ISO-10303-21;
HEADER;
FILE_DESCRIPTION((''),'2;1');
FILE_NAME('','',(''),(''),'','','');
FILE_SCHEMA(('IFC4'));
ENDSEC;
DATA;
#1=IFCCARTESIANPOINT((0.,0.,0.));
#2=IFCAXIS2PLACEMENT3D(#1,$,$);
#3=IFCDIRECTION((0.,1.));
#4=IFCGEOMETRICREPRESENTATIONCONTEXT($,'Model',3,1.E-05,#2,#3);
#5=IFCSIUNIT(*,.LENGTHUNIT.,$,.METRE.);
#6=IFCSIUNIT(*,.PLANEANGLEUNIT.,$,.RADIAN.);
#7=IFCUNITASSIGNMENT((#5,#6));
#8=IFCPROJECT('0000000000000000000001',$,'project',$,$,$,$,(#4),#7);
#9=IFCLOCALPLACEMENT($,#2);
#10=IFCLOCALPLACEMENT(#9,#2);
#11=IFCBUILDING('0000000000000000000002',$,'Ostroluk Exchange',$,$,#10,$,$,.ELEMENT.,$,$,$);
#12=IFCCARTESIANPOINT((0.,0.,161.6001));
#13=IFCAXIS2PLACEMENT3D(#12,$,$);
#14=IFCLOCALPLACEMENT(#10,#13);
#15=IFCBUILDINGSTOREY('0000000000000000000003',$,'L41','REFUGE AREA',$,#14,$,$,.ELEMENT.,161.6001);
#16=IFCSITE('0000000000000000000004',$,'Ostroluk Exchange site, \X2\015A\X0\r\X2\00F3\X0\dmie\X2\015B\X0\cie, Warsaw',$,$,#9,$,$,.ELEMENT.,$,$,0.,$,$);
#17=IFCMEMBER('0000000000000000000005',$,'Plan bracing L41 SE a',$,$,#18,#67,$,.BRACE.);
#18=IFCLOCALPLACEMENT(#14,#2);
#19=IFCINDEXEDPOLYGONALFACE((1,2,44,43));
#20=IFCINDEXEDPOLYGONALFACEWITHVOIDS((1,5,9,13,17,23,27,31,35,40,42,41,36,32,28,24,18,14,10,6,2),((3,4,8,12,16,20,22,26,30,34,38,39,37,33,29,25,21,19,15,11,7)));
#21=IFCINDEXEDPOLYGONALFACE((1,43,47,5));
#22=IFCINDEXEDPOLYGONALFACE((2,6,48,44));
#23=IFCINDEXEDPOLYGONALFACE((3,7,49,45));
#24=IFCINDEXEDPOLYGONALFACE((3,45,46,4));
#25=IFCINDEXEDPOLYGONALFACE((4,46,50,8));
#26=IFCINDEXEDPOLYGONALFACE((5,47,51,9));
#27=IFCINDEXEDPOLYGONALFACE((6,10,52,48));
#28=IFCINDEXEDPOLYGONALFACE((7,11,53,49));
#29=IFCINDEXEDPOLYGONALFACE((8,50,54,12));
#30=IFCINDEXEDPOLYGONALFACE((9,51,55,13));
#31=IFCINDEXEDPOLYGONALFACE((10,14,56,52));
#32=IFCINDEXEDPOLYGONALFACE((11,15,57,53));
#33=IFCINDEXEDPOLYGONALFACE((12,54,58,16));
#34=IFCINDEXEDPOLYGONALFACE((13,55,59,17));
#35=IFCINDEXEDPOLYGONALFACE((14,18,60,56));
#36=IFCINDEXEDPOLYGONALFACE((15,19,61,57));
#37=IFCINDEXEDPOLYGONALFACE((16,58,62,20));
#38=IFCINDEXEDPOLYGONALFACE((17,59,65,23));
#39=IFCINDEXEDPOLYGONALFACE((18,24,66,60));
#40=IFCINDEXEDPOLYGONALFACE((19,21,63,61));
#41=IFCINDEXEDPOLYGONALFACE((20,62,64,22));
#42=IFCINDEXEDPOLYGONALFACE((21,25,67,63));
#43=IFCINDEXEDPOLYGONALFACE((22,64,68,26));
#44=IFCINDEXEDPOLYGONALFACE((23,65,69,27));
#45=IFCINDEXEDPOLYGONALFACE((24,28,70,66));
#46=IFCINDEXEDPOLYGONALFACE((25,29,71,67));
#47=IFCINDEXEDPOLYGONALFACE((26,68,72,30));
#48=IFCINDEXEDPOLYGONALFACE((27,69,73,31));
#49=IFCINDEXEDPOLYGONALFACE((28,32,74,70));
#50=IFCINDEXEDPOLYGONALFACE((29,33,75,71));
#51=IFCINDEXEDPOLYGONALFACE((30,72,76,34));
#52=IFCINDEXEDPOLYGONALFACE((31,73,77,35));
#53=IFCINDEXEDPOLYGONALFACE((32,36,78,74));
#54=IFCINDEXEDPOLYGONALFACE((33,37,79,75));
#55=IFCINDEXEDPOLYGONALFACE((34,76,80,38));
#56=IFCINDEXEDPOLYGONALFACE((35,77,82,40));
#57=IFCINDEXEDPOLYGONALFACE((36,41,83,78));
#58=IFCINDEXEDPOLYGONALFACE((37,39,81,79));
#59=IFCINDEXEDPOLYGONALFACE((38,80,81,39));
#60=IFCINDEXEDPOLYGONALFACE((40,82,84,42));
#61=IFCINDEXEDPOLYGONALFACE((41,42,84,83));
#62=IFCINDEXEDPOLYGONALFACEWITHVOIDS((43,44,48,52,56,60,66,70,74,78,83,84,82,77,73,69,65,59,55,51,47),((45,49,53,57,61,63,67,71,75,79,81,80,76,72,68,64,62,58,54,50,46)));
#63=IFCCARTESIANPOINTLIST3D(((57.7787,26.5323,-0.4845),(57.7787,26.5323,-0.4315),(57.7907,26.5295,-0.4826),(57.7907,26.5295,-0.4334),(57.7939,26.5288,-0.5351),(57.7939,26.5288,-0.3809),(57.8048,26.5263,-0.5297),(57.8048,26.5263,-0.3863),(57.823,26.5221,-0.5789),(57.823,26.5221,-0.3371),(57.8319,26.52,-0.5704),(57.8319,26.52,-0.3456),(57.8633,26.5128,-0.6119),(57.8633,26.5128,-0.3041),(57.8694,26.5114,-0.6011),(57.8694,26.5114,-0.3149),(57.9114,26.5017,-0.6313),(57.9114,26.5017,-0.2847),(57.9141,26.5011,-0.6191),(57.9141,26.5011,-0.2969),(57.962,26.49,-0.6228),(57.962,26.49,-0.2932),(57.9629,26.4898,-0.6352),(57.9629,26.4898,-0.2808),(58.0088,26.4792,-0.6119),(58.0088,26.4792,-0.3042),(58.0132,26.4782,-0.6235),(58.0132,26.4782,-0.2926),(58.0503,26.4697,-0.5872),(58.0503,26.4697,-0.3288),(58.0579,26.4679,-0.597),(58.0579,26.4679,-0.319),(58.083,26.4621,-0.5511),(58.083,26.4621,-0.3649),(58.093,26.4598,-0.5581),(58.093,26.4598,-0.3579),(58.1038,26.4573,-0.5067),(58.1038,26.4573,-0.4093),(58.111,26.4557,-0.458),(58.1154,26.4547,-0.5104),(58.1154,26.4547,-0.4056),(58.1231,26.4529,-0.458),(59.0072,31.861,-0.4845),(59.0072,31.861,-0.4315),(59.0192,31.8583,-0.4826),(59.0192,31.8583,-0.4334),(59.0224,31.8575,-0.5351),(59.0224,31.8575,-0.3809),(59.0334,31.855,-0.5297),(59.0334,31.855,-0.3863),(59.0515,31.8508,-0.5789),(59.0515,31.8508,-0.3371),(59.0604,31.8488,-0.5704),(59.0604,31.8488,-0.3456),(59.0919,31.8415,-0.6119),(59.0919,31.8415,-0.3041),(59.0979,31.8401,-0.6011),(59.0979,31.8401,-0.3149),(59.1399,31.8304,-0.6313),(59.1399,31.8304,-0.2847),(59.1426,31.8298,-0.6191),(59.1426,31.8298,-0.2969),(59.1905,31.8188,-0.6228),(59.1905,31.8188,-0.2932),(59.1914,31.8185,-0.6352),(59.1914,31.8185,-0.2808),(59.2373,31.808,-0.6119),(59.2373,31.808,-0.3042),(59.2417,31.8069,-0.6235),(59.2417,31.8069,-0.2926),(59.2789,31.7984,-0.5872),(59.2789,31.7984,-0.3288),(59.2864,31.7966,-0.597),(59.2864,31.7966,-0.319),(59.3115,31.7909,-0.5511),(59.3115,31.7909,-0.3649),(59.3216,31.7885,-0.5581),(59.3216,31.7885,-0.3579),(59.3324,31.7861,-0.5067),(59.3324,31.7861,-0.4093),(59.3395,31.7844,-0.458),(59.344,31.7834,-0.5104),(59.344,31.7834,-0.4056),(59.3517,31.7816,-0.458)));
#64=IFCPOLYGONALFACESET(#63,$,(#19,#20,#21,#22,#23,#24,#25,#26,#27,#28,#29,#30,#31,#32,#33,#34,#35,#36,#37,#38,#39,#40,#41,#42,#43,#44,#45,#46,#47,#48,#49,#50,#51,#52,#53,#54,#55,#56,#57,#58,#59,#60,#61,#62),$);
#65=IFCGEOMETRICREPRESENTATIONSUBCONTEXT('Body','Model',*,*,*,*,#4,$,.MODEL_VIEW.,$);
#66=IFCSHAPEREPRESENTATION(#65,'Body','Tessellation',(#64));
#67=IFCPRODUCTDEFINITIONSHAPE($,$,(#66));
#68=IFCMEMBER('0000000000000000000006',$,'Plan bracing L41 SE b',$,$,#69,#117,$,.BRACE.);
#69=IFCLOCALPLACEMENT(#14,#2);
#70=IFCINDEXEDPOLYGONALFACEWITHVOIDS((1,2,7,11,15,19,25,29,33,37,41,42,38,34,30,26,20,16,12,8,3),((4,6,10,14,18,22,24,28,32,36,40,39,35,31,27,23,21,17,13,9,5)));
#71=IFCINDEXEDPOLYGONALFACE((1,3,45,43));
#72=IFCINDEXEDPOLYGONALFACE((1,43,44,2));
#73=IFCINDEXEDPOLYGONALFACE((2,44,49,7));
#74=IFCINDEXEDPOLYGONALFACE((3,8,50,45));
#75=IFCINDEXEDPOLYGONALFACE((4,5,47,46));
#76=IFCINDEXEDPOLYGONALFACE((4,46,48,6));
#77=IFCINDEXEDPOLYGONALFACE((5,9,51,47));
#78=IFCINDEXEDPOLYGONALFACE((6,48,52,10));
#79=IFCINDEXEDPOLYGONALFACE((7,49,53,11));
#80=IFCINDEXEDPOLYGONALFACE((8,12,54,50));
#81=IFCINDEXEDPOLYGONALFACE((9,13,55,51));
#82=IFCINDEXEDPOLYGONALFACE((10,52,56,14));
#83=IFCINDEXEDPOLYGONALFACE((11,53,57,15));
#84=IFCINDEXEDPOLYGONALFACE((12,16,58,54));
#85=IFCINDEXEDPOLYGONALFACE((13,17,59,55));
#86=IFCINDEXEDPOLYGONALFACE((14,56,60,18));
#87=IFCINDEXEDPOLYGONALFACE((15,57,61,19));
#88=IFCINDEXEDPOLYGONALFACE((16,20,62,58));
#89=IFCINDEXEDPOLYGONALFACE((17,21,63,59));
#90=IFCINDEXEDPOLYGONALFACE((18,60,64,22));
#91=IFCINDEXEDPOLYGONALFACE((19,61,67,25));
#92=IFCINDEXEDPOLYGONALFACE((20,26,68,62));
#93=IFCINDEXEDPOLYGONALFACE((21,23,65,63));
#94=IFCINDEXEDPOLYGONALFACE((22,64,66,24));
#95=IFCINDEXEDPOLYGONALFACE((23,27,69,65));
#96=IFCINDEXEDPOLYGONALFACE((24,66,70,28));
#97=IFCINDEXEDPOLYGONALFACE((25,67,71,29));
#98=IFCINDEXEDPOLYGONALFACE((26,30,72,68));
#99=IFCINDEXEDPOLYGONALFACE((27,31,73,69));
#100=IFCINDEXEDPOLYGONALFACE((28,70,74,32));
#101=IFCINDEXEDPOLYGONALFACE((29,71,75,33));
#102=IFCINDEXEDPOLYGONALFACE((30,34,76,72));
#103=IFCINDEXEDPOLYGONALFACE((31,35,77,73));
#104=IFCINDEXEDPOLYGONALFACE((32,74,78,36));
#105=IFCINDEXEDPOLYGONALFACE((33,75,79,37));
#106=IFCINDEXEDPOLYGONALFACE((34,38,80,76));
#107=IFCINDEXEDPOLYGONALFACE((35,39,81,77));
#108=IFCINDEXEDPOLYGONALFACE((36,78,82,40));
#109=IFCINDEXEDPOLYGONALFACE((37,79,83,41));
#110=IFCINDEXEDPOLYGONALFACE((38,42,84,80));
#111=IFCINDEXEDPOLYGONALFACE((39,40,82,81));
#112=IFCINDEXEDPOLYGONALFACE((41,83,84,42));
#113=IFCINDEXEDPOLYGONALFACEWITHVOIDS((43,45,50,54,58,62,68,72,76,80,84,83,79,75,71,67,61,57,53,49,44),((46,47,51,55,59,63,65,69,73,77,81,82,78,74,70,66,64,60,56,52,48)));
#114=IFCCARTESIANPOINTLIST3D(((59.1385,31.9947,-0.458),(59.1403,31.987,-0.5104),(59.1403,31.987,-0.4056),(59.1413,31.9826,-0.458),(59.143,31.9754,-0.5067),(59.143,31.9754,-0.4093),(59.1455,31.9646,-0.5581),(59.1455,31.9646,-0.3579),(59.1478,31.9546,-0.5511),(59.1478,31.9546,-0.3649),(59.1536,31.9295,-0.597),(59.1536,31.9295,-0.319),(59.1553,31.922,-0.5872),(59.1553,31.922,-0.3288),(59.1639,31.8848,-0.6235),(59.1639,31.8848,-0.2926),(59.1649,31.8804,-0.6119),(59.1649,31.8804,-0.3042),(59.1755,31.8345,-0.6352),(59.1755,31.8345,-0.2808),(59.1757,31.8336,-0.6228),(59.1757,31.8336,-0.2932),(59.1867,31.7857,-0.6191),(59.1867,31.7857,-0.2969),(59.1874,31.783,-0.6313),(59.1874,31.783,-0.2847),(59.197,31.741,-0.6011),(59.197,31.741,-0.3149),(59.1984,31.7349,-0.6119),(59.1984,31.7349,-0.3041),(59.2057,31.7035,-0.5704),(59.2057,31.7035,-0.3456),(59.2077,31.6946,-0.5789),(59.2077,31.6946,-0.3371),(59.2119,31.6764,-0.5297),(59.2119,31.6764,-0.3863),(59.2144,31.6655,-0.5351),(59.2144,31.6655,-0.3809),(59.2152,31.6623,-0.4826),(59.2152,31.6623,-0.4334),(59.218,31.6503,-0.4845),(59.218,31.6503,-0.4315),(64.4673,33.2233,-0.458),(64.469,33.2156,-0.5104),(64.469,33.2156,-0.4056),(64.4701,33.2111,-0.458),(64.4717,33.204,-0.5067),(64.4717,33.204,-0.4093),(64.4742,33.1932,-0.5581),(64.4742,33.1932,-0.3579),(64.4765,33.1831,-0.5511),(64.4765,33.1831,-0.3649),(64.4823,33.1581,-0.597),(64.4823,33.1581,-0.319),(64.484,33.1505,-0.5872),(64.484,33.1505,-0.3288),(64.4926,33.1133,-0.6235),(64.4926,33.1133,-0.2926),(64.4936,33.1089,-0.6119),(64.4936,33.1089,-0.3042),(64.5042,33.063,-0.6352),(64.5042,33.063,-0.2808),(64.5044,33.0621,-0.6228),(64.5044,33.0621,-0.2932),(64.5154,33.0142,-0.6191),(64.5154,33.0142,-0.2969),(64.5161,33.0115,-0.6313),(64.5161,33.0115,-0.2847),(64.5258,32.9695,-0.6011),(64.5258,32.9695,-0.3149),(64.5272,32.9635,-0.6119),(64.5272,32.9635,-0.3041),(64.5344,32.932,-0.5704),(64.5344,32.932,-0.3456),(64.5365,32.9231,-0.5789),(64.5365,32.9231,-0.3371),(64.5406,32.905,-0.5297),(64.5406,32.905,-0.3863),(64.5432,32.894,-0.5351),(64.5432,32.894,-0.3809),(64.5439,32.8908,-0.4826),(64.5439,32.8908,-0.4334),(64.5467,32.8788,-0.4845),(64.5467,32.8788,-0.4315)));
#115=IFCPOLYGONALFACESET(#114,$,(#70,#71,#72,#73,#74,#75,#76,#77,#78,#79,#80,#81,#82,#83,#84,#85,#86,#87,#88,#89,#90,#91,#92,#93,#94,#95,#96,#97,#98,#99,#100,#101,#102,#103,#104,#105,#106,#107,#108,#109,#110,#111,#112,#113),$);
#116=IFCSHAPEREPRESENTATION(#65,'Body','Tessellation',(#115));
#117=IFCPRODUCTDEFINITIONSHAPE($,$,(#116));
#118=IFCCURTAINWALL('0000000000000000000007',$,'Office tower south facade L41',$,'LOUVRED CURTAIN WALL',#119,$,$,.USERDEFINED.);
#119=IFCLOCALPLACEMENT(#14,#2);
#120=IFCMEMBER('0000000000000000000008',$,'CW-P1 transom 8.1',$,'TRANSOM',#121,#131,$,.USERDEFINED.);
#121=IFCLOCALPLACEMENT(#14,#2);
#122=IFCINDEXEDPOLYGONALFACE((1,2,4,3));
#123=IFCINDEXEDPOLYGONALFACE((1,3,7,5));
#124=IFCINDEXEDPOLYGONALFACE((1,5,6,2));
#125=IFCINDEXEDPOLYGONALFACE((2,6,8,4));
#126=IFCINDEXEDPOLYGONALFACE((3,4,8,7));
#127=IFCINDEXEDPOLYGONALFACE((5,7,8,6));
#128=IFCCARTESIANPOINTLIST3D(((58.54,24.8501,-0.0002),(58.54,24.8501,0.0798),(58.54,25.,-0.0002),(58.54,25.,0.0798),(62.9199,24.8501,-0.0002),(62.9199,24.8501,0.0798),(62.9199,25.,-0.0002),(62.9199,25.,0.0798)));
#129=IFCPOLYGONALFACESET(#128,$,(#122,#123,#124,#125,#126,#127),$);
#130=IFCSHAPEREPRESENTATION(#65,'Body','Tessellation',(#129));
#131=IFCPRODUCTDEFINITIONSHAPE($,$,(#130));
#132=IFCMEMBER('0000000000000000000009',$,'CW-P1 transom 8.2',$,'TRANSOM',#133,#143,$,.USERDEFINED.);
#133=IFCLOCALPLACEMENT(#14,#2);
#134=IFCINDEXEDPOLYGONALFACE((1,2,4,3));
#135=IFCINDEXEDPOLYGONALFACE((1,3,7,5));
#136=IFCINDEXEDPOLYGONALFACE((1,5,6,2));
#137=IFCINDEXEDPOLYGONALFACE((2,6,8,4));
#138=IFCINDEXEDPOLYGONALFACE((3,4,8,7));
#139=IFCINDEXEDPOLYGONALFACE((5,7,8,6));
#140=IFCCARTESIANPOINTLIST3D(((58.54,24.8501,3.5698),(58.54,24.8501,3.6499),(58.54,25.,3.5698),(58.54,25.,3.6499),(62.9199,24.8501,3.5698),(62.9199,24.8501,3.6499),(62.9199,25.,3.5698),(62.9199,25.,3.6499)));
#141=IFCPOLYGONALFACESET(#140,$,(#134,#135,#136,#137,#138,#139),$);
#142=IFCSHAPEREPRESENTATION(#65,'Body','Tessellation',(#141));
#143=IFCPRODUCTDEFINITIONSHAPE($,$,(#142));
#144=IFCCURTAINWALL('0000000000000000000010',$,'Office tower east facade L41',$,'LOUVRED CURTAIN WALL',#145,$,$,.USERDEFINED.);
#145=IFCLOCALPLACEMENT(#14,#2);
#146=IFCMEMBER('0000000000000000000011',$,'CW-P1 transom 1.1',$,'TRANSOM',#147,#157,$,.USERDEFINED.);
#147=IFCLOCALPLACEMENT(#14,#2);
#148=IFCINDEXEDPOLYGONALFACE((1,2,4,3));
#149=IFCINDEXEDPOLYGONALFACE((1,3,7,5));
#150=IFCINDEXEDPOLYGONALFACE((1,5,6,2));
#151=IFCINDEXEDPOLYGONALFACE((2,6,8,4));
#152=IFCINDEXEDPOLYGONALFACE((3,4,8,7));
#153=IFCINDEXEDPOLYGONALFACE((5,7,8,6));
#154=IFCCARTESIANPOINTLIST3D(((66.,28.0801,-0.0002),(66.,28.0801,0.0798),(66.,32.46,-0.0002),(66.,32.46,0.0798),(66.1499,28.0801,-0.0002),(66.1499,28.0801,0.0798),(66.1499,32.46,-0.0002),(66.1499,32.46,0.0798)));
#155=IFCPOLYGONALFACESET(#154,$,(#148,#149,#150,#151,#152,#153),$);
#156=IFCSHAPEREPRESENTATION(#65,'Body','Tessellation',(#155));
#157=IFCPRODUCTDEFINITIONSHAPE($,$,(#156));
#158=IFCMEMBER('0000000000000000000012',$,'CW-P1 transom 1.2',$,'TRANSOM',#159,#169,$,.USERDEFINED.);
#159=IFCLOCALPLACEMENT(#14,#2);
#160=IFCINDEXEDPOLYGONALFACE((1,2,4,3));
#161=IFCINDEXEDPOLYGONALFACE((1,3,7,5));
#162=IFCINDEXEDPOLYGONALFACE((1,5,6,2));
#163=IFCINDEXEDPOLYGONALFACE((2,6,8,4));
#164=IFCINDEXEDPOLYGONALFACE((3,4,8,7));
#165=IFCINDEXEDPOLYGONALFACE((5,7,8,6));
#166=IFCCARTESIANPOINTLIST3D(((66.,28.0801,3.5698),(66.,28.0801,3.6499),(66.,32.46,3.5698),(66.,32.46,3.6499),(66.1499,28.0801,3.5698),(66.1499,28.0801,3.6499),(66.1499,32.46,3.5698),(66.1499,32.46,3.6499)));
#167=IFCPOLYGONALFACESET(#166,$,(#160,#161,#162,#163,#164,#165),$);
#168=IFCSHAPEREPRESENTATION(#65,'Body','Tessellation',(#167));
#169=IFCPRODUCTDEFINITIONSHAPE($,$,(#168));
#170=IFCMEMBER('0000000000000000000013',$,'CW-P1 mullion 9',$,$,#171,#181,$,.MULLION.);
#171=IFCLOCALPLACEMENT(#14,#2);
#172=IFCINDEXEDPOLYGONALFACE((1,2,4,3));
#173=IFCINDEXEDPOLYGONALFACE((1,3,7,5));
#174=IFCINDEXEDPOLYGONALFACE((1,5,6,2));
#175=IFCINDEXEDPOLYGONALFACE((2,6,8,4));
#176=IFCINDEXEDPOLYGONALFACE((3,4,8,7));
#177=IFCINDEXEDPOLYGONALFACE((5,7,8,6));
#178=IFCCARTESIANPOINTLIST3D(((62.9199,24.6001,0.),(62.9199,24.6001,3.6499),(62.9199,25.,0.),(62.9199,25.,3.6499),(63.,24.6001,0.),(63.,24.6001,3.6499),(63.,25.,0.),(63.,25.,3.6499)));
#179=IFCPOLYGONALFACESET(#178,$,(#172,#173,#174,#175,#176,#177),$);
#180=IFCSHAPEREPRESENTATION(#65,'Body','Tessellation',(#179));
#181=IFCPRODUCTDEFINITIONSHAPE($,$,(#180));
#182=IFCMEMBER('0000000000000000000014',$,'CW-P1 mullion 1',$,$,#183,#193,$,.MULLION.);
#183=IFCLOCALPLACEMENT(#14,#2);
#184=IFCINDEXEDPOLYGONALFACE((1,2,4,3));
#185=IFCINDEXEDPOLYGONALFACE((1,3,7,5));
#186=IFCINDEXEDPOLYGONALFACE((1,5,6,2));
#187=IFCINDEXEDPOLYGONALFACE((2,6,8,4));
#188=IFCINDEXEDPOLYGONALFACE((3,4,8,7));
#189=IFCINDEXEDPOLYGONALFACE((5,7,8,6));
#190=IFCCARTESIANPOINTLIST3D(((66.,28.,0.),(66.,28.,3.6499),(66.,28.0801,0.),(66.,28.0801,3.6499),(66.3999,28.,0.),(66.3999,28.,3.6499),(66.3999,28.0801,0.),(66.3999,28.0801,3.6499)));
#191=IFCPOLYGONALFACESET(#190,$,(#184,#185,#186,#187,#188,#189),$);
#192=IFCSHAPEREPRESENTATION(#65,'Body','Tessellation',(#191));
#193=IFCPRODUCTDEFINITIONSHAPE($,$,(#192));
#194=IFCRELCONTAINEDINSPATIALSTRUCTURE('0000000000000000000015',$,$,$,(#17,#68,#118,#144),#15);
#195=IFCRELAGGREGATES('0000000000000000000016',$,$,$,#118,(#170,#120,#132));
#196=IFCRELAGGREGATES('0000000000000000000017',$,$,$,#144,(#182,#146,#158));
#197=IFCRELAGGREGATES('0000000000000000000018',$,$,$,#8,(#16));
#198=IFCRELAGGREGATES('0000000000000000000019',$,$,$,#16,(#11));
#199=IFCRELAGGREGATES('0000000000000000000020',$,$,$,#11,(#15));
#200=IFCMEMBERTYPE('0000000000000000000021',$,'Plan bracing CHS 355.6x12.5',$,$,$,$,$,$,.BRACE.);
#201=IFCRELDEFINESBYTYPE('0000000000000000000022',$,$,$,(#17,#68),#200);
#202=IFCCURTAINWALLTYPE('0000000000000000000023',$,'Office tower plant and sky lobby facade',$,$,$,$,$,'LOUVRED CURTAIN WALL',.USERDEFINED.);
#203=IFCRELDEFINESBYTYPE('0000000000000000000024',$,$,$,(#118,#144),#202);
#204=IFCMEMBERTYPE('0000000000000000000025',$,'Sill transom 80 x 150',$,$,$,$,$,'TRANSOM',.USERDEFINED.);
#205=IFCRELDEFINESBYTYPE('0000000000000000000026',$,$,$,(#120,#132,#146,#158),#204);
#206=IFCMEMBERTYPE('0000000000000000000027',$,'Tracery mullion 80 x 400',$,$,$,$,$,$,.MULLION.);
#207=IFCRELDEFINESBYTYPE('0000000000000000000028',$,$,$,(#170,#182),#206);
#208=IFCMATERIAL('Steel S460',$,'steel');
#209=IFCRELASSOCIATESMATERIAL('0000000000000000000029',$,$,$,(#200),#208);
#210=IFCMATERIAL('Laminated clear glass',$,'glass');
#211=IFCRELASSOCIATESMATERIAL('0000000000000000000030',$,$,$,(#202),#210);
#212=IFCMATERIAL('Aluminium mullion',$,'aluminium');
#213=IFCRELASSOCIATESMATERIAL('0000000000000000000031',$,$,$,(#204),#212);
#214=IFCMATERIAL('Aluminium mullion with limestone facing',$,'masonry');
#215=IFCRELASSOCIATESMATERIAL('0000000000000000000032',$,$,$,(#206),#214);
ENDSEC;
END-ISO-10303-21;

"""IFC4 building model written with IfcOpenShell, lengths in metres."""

from ifc_helpers import new_model, si_unit, direction, frame, origin, origin_2d, place, context, subcontext, project, spatial, rectangle, hollow_circle, extrude, material, material_profile, profile_set, type_object, element, aggregate, save


model = new_model("IFC4")

# Units and contexts
model_context = context("Model", 3, precision=1e-05, world=origin(), true_north=direction((0.0, 1.0)))
body_context = subcontext(model_context, "Body", "Model", "MODEL_VIEW")
ifc_project = project(units=[si_unit("LENGTHUNIT", "METRE"), si_unit("PLANEANGLEUNIT", "RADIAN")], contexts=[model_context])

# Site, building, storey
site_placement = place(None, origin())
site = spatial("IfcSite", under=ifc_project, at=site_placement, Name="Ostroluk Exchange site, Śródmieście, Warsaw", CompositionType="ELEMENT", RefElevation=0.0)
building_placement = place(site_placement, origin())
building = spatial("IfcBuilding", under=site, at=building_placement, Name="Ostroluk Exchange", CompositionType="ELEMENT")
storey_placement = place(building_placement, frame((0.0, 0.0, 161.6001)))
storey = spatial("IfcBuildingStorey", under=building, at=storey_placement, Name="L41", Description="REFUGE AREA", CompositionType="ELEMENT", Elevation=161.6001)

# Members
ifc_material_1 = material(Name="Steel S460", Category="steel")
ifc_material_profile_1 = material_profile(ifc_material_1, hollow_circle(Radius=0.1777, WallThickness=0.0125, at=origin_2d()), Name="CHS 355.6x12.5")
ifc_profile_set_1 = profile_set([ifc_material_profile_1], Name="Steel S460")
member_type_1 = type_object("IfcMemberType", Name="Plan bracing CHS 355.6x12.5", PredefinedType="BRACE", material=ifc_profile_set_1)
for number, where, z_axis, x_axis, name in (
    (1, (59.1785, 31.8215, -0.458), (-0.224657, -0.974438, 0.0), (0.974438, -0.224657, 0.0), "Plan bracing L41 SE a"),
    (2, (59.1785, 31.8215, -0.458), (0.974438, 0.224657, 0.0), (-0.224657, 0.974438, 0.0), "Plan bracing L41 SE b"),
):
    element("IfcMember", number, at=place(storey_placement, frame(where, z_axis=z_axis, x_axis=x_axis)), inside=storey, type_object=member_type_1, Name=name, PredefinedType="BRACE", context=body_context, shape_type="SweptSolid", body=[
        extrude(hollow_circle(Radius=0.1777, WallThickness=0.0125, at=origin_2d()), origin(), (0.0, 0.0, 1.0), 5.4685),
    ])

# Curtain walls, members
ifc_material_2 = material(Name="Laminated clear glass", Category="glass")
curtain_wall_type = type_object("IfcCurtainWallType", Name="Office tower plant and sky lobby facade", ElementType="LOUVRED CURTAIN WALL", PredefinedType="USERDEFINED", material=ifc_material_2)
curtain_wall_1_placement = place(storey_placement, origin())
curtain_wall_1 = element("IfcCurtainWall", 3, at=curtain_wall_1_placement, inside=storey, type_object=curtain_wall_type, Name="Office tower south facade L41", ObjectType="LOUVRED CURTAIN WALL", PredefinedType="USERDEFINED")
ifc_material_3 = material(Name="Aluminium mullion", Category="aluminium")
ifc_material_profile_2 = material_profile(ifc_material_3, rectangle(XDim=0.1499, YDim=0.0801, at=origin_2d()), Name="Sill transom 80 x 150")
ifc_profile_set_2 = profile_set([ifc_material_profile_2], Name="Aluminium mullion")
member_type_2 = type_object("IfcMemberType", Name="Sill transom 80 x 150", ElementType="TRANSOM", PredefinedType="USERDEFINED", material=ifc_profile_set_2)
member_1_placement = place(storey_placement, frame((58.54, 24.925, 0.0398), z_axis=(1.0, 0.0, 0.0), x_axis=(0.0, 1.0, 0.0)))
member_1 = element("IfcMember", 4, at=member_1_placement, type_object=member_type_2, Name="CW-P1 transom 8.1", ObjectType="TRANSOM", PredefinedType="USERDEFINED", context=body_context, shape_type="SweptSolid", body=[
    extrude(rectangle(XDim=0.1499, YDim=0.0801, at=origin_2d()), origin(), (0.0, 0.0, 1.0), 4.3799),
])
member_2_placement = place(storey_placement, frame((58.54, 24.925, 3.6099), z_axis=(1.0, 0.0, 0.0), x_axis=(0.0, 1.0, 0.0)))
member_2 = element("IfcMember", 5, at=member_2_placement, type_object=member_type_2, Name="CW-P1 transom 8.2", ObjectType="TRANSOM", PredefinedType="USERDEFINED", context=body_context, shape_type="SweptSolid", body=[
    extrude(rectangle(XDim=0.1499, YDim=0.0801, at=origin_2d()), origin(), (0.0, 0.0, 1.0), 4.3799),
])
curtain_wall_2_placement = place(storey_placement, origin())
curtain_wall_2 = element("IfcCurtainWall", 6, at=curtain_wall_2_placement, inside=storey, type_object=curtain_wall_type, Name="Office tower east facade L41", ObjectType="LOUVRED CURTAIN WALL", PredefinedType="USERDEFINED")
member_3_placement = place(storey_placement, frame((66.075, 28.0801, 0.0398), z_axis=(0.0, 1.0, 0.0), x_axis=(-1.0, 0.0, 0.0)))
member_3 = element("IfcMember", 7, at=member_3_placement, type_object=member_type_2, Name="CW-P1 transom 1.1", ObjectType="TRANSOM", PredefinedType="USERDEFINED", context=body_context, shape_type="SweptSolid", body=[
    extrude(rectangle(XDim=0.1499, YDim=0.0801, at=origin_2d()), origin(), (0.0, 0.0, 1.0), 4.3799),
])
member_4_placement = place(storey_placement, frame((66.075, 28.0801, 3.6099), z_axis=(0.0, 1.0, 0.0), x_axis=(-1.0, 0.0, 0.0)))
member_4 = element("IfcMember", 8, at=member_4_placement, type_object=member_type_2, Name="CW-P1 transom 1.2", ObjectType="TRANSOM", PredefinedType="USERDEFINED", context=body_context, shape_type="SweptSolid", body=[
    extrude(rectangle(XDim=0.1499, YDim=0.0801, at=origin_2d()), origin(), (0.0, 0.0, 1.0), 4.3799),
])

# Members
ifc_material_4 = material(Name="Aluminium mullion with limestone facing", Category="masonry")
ifc_material_profile_3 = material_profile(ifc_material_4, rectangle(XDim=0.3999, YDim=0.0801, at=origin_2d()), Name="Tracery mullion 80 x 400")
ifc_profile_set_3 = profile_set([ifc_material_profile_3], Name="Aluminium mullion with limestone facing")
member_type_3 = type_object("IfcMemberType", Name="Tracery mullion 80 x 400", PredefinedType="MULLION", material=ifc_profile_set_3)
member_5_placement = place(storey_placement, frame((62.96, 24.8, 0.0), z_axis=(0.0, 0.0, 1.0), x_axis=(0.0, 1.0, 0.0)))
member_5 = element("IfcMember", 9, at=member_5_placement, type_object=member_type_3, Name="CW-P1 mullion 9", PredefinedType="MULLION", context=body_context, shape_type="SweptSolid", body=[
    extrude(rectangle(XDim=0.3999, YDim=0.0801, at=origin_2d()), origin(), (0.0, 0.0, 1.0), 3.6499),
])
member_6_placement = place(storey_placement, frame((66.2, 28.04, 0.0), z_axis=(0.0, 0.0, 1.0), x_axis=(-1.0, 0.0, 0.0)))
member_6 = element("IfcMember", 10, at=member_6_placement, type_object=member_type_3, Name="CW-P1 mullion 1", PredefinedType="MULLION", context=body_context, shape_type="SweptSolid", body=[
    extrude(rectangle(XDim=0.3999, YDim=0.0801, at=origin_2d()), origin(), (0.0, 0.0, 1.0), 3.6499),
])

aggregate(curtain_wall_1, [member_5, member_1, member_2])
aggregate(curtain_wall_2, [member_6, member_3, member_4])

save(model, "model.ifc")
